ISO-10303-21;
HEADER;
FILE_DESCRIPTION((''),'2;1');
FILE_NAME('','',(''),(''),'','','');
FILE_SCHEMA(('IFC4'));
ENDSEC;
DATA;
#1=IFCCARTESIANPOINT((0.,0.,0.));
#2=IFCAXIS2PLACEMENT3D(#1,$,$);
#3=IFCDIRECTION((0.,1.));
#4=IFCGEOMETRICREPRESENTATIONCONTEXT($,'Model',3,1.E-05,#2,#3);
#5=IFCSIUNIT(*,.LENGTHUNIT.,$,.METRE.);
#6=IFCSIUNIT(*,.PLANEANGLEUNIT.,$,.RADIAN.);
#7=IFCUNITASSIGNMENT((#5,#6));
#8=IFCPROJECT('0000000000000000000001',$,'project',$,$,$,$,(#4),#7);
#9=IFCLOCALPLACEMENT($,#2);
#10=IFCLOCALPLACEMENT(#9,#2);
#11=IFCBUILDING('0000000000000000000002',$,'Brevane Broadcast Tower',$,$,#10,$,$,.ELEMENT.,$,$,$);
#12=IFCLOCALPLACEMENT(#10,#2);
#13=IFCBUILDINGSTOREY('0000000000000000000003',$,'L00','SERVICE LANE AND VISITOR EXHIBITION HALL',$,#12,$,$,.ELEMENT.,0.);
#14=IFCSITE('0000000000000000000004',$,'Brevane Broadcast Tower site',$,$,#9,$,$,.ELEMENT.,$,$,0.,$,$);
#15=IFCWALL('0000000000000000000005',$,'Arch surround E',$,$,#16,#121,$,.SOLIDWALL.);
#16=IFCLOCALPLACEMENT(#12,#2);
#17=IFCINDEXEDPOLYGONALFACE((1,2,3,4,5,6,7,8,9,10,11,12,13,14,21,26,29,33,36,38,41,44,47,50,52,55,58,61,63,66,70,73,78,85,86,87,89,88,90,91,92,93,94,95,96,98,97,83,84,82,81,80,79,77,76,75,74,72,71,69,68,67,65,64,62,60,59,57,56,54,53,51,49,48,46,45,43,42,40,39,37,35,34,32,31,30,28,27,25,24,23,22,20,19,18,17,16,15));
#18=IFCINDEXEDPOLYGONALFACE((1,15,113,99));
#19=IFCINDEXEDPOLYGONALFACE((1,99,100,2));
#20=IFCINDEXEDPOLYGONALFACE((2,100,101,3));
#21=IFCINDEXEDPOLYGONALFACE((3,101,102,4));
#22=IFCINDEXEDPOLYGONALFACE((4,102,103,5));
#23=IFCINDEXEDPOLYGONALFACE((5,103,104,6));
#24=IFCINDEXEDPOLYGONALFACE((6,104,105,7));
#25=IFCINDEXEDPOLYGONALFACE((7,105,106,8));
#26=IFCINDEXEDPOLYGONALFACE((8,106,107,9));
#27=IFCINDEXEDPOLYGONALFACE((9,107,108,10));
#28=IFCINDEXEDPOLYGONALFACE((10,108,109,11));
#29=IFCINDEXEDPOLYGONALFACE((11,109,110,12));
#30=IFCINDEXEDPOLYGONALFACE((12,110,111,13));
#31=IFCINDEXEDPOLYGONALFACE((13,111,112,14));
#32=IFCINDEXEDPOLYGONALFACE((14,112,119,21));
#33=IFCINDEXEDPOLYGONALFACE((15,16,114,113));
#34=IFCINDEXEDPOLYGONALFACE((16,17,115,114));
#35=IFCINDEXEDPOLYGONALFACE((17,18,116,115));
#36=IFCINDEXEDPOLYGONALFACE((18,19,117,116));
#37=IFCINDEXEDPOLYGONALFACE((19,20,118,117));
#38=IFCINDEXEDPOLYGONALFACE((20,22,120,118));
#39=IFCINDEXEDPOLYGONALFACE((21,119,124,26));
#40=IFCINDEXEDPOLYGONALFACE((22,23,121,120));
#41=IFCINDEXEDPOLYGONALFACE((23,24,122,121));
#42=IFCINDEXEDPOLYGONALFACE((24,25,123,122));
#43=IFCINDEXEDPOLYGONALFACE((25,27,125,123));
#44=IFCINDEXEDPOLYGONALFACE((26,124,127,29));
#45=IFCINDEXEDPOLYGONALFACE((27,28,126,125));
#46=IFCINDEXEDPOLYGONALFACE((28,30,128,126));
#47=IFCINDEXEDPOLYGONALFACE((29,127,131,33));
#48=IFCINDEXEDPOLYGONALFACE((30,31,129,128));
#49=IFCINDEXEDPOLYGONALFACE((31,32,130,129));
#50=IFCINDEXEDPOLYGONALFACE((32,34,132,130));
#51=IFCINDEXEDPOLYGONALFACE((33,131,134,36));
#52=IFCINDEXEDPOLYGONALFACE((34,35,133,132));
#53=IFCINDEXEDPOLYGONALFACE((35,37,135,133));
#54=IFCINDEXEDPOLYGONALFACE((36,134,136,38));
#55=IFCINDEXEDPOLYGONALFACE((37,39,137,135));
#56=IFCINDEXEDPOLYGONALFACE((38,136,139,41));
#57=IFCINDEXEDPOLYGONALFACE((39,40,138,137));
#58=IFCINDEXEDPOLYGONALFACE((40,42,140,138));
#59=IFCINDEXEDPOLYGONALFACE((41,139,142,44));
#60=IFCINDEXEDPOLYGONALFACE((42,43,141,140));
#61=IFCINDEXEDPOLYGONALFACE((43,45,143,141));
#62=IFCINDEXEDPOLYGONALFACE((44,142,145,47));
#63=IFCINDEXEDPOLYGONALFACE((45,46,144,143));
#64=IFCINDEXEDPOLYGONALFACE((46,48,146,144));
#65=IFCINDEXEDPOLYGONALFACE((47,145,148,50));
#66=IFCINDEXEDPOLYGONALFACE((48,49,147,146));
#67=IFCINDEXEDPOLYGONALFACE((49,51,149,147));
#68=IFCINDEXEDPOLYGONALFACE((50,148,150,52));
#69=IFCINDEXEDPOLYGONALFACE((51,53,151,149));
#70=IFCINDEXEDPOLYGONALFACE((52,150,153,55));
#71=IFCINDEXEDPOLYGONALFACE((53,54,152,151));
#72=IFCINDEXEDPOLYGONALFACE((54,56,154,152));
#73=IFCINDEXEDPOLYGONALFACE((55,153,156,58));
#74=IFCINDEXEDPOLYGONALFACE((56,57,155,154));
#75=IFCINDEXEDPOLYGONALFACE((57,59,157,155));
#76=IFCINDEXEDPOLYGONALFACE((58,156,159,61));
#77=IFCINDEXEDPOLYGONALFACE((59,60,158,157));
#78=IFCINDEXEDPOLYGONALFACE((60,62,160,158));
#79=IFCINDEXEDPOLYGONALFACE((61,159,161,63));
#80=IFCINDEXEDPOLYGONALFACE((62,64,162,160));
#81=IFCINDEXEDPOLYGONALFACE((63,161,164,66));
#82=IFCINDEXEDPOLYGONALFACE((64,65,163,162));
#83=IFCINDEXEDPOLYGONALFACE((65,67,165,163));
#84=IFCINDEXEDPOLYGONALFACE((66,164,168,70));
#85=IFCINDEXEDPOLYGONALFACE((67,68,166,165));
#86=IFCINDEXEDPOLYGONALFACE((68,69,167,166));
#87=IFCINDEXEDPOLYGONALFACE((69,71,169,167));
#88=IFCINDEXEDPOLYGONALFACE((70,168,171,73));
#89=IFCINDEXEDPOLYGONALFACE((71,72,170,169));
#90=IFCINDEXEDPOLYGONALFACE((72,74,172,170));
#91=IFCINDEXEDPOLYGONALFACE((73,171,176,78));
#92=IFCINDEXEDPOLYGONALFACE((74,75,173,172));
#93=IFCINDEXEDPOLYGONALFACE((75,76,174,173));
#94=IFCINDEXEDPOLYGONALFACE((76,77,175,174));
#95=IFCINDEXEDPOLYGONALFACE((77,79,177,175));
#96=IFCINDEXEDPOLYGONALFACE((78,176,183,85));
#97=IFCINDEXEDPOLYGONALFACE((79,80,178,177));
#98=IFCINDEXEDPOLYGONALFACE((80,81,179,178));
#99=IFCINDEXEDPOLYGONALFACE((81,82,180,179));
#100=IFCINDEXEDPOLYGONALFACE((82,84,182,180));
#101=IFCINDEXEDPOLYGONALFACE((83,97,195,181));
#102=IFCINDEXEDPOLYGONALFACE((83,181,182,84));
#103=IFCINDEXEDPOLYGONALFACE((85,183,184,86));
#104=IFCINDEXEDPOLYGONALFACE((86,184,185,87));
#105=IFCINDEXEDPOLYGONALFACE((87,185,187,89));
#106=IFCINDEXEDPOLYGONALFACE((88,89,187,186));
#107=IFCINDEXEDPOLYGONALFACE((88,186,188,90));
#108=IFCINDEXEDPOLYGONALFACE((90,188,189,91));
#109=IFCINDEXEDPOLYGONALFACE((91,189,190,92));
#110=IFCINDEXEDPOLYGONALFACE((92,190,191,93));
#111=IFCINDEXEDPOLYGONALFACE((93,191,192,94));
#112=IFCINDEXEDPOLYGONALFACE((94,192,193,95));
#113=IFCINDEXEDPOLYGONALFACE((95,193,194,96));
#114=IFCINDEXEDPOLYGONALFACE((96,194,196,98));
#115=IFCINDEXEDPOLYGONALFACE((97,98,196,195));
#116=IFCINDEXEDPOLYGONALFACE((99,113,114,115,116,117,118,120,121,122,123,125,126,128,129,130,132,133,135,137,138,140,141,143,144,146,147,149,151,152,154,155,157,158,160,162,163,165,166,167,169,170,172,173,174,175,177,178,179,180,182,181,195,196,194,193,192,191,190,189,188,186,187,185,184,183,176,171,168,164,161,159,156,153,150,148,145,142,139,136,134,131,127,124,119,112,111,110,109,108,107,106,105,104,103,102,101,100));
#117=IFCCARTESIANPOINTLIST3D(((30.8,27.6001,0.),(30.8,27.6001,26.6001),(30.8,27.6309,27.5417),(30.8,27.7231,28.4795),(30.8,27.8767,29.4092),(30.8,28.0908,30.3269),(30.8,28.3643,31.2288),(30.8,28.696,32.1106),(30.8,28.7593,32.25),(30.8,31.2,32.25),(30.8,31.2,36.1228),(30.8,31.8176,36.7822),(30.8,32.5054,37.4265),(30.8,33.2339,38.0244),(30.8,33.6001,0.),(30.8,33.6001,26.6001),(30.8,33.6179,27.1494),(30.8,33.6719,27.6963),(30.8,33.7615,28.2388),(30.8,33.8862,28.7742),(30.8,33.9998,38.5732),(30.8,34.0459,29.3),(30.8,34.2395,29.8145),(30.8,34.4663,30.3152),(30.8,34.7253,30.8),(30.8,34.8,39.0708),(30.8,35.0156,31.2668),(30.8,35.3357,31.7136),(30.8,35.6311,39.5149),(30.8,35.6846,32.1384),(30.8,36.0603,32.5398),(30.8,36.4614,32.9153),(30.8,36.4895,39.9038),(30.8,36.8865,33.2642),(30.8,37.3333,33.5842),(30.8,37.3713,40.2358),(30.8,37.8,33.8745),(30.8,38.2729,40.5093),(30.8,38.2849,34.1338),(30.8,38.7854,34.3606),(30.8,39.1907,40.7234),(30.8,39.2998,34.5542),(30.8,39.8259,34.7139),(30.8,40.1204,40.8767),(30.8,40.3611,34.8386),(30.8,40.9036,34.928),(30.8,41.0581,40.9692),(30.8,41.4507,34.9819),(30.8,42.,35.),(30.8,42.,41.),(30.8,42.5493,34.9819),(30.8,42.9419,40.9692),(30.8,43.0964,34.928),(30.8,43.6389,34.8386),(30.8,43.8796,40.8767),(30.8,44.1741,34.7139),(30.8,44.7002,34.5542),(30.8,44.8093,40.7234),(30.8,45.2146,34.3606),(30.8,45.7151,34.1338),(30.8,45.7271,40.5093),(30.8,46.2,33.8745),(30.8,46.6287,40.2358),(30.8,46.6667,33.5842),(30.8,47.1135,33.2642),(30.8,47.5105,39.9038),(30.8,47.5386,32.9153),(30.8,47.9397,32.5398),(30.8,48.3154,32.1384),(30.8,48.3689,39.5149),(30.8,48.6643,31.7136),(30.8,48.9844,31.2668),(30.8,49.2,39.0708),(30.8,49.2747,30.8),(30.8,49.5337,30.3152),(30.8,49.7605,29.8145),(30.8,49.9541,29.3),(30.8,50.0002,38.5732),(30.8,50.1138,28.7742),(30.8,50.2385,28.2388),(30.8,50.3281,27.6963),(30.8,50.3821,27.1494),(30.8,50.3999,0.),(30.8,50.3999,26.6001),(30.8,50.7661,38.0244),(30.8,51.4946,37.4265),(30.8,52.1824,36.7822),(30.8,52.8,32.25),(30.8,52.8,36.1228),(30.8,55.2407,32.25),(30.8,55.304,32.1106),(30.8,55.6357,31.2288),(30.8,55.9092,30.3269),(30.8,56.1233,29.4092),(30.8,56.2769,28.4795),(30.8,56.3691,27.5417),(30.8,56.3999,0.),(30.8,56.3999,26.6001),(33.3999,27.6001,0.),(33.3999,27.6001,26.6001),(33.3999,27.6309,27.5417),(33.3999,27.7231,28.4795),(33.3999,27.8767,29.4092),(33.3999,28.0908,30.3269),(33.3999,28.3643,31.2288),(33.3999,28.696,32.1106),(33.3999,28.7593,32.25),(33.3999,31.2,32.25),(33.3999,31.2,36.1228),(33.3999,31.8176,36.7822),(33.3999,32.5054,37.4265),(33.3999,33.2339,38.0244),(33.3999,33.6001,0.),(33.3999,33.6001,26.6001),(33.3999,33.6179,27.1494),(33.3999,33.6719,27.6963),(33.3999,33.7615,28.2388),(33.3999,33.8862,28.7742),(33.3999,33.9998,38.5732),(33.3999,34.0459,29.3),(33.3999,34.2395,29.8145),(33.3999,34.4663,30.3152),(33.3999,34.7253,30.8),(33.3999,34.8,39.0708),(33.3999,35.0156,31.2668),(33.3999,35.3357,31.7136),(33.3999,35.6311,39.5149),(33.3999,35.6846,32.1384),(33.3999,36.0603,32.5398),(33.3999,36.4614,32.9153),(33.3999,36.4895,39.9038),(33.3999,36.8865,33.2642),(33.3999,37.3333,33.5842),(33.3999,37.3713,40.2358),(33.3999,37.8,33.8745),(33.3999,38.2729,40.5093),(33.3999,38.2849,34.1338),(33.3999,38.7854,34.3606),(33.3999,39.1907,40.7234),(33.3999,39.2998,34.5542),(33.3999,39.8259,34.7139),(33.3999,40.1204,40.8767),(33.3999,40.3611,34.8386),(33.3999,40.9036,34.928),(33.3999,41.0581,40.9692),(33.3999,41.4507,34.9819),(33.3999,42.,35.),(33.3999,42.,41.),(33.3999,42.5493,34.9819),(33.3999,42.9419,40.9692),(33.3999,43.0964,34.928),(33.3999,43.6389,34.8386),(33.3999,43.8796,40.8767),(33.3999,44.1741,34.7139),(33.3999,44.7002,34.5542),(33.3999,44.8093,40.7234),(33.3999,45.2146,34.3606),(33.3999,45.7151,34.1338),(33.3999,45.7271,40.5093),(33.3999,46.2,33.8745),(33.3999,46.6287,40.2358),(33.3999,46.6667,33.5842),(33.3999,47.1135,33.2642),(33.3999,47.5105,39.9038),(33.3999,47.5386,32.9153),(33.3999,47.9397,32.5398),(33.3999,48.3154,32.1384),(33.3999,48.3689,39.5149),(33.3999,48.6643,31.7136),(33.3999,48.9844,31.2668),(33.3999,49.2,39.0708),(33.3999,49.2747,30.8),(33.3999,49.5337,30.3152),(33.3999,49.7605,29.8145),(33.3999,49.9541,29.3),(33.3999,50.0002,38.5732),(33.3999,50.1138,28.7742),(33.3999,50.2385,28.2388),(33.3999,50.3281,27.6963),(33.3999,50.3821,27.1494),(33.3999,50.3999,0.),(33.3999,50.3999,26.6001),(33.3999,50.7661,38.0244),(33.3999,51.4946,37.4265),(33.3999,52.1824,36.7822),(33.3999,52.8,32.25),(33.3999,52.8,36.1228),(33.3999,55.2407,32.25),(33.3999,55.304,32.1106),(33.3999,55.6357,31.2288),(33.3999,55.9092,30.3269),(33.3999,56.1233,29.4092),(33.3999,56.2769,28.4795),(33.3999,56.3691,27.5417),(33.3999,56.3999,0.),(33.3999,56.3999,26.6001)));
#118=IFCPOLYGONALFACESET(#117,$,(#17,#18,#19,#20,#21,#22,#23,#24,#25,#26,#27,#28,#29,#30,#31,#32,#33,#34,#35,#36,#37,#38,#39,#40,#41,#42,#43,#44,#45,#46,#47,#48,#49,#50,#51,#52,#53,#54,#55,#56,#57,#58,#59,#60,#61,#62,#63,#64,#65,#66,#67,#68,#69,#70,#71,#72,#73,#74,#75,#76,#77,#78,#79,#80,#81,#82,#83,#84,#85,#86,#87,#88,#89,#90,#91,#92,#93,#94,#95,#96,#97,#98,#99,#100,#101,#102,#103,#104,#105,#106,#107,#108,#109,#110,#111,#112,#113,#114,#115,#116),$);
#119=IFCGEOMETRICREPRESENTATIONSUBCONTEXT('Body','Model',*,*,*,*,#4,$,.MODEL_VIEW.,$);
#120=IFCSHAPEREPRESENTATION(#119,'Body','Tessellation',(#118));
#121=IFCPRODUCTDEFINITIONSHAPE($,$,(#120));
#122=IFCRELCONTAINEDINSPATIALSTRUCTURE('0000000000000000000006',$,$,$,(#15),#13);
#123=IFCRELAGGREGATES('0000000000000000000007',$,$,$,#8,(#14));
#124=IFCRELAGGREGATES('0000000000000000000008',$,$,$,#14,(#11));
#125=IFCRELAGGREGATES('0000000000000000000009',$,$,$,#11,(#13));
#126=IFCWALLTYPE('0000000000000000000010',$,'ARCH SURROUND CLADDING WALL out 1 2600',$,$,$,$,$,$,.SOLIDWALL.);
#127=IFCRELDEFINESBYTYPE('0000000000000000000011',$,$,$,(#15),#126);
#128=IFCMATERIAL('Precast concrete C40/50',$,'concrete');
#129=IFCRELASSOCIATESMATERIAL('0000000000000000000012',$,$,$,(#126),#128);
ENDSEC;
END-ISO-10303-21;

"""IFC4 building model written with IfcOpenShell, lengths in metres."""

from ifc_helpers import new_model, si_unit, direction, frame, origin, place, context, subcontext, project, spatial, polyline, outline, extrude, material, material_profile, profile_set, type_object, element, save


model = new_model("IFC4")

# Units and contexts
model_context = context("Model", 3, precision=1e-05, world=origin(), true_north=direction((0.0, 1.0)))
body_context = subcontext(model_context, "Body", "Model", "MODEL_VIEW")
ifc_project = project(units=[si_unit("LENGTHUNIT", "METRE"), si_unit("PLANEANGLEUNIT", "RADIAN")], contexts=[model_context])

# Site, building, storey
site_placement = place(None, origin())
site = spatial("IfcSite", under=ifc_project, at=site_placement, Name="Brevane Broadcast Tower site", CompositionType="ELEMENT", RefElevation=0.0)
building_placement = place(site_placement, origin())
building = spatial("IfcBuilding", under=site, at=building_placement, Name="Brevane Broadcast Tower", CompositionType="ELEMENT")
storey_placement = place(building_placement, origin())
storey = spatial("IfcBuildingStorey", under=building, at=storey_placement, Name="L00", Description="SERVICE LANE AND VISITOR EXHIBITION HALL", CompositionType="ELEMENT", Elevation=0.0)

# Wall
ifc_material_1 = material(Name="Precast concrete C40/50", Category="concrete")
ifc_material_profile_1 = material_profile(ifc_material_1, outline(polyline([(13.304, 32.1106), (13.6357, 31.2288), (13.9092, 30.3269), (14.1233, 29.4092), (14.2769, 28.4795), (14.3691, 27.5417), (14.3999, 26.6001), (14.3999, 0.0), (8.3999, 0.0), (8.3999, 26.6001), (8.3821, 27.1494), (8.3281, 27.6963), (8.2385, 28.2388), (8.1138, 28.7742), (7.9541, 29.3), (7.7605, 29.8145), (7.5337, 30.3152), (7.2747, 30.8), (6.9844, 31.2668), (6.6643, 31.7136), (6.3154, 32.1384), (5.9397, 32.5398), (5.5386, 32.9153), (5.1135, 33.2642), (4.6667, 33.5842), (4.2, 33.8745), (3.7151, 34.1338), (3.2146, 34.3606), (2.7002, 34.5542), (2.1741, 34.7139), (1.6389, 34.8386), (1.0964, 34.928), (0.5493, 34.9819), (0.0, 35.0), (-0.5493, 34.9819), (-1.0964, 34.928), (-1.6389, 34.8386), (-2.1741, 34.7139), (-2.7002, 34.5542), (-3.2146, 34.3606), (-3.7151, 34.1338), (-4.2, 33.8745), (-4.6667, 33.5842), (-5.1135, 33.2642), (-5.5386, 32.9153), (-5.9397, 32.5398), (-6.3154, 32.1384), (-6.6643, 31.7136), (-6.9844, 31.2668), (-7.2747, 30.8), (-7.5337, 30.3152), (-7.7605, 29.8145), (-7.9541, 29.3), (-8.1138, 28.7742), (-8.2385, 28.2388), (-8.3281, 27.6963), (-8.3821, 27.1494), (-8.3999, 26.6001), (-8.3999, 0.0), (-14.3999, 0.0), (-14.3999, 26.6001), (-14.3691, 27.5417), (-14.2769, 28.4795), (-14.1233, 29.4092), (-13.9092, 30.3269), (-13.6357, 31.2288), (-13.304, 32.1106), (-13.2407, 32.25), (-10.8, 32.25), (-10.8, 36.1228), (-10.1824, 36.7822), (-9.4946, 37.4265), (-8.7661, 38.0244), (-8.0002, 38.5732), (-7.2, 39.0708), (-6.3689, 39.5149), (-5.5105, 39.9038), (-4.6287, 40.2358), (-3.7271, 40.5093), (-2.8093, 40.7234), (-1.8796, 40.8767), (-0.9419, 40.9692), (0.0, 41.0), (0.9419, 40.9692), (1.8796, 40.8767), (2.8093, 40.7234), (3.7271, 40.5093), (4.6287, 40.2358), (5.5105, 39.9038), (6.3689, 39.5149), (7.2, 39.0708), (8.0002, 38.5732), (8.7661, 38.0244), (9.4946, 37.4265), (10.1824, 36.7822), (10.8, 36.1228), (10.8, 32.25), (13.2407, 32.25), (13.304, 32.1106)])), Name="ARCH SURROUND")
ifc_profile_set_1 = profile_set([ifc_material_profile_1], Name="Precast concrete C40/50")
wall_type_1 = type_object("IfcWallType", Name="ARCH SURROUND CLADDING WALL out 1 2600", PredefinedType="SOLIDWALL", material=ifc_profile_set_1)
wall_1_placement = place(storey_placement, frame((30.8, 42.0, 0.0), z_axis=(1.0, 0.0, 0.0), x_axis=(0.0, 1.0, 0.0)))
element("IfcWall", 1, at=wall_1_placement, inside=storey, type_object=wall_type_1, Name="Arch surround E", PredefinedType="SOLIDWALL", context=body_context, shape_type="SweptSolid", body=[
    extrude(outline(polyline([(13.304, 32.1106), (13.6357, 31.2288), (13.9092, 30.3269), (14.1233, 29.4092), (14.2769, 28.4795), (14.3691, 27.5417), (14.3999, 26.6001), (14.3999, 0.0), (8.3999, 0.0), (8.3999, 26.6001), (8.3821, 27.1494), (8.3281, 27.6963), (8.2385, 28.2388), (8.1138, 28.7742), (7.9541, 29.3), (7.7605, 29.8145), (7.5337, 30.3152), (7.2747, 30.8), (6.9844, 31.2668), (6.6643, 31.7136), (6.3154, 32.1384), (5.9397, 32.5398), (5.5386, 32.9153), (5.1135, 33.2642), (4.6667, 33.5842), (4.2, 33.8745), (3.7151, 34.1338), (3.2146, 34.3606), (2.7002, 34.5542), (2.1741, 34.7139), (1.6389, 34.8386), (1.0964, 34.928), (0.5493, 34.9819), (0.0, 35.0), (-0.5493, 34.9819), (-1.0964, 34.928), (-1.6389, 34.8386), (-2.1741, 34.7139), (-2.7002, 34.5542), (-3.2146, 34.3606), (-3.7151, 34.1338), (-4.2, 33.8745), (-4.6667, 33.5842), (-5.1135, 33.2642), (-5.5386, 32.9153), (-5.9397, 32.5398), (-6.3154, 32.1384), (-6.6643, 31.7136), (-6.9844, 31.2668), (-7.2747, 30.8), (-7.5337, 30.3152), (-7.7605, 29.8145), (-7.9541, 29.3), (-8.1138, 28.7742), (-8.2385, 28.2388), (-8.3281, 27.6963), (-8.3821, 27.1494), (-8.3999, 26.6001), (-8.3999, 0.0), (-14.3999, 0.0), (-14.3999, 26.6001), (-14.3691, 27.5417), (-14.2769, 28.4795), (-14.1233, 29.4092), (-13.9092, 30.3269), (-13.6357, 31.2288), (-13.304, 32.1106), (-13.2407, 32.25), (-10.8, 32.25), (-10.8, 36.1228), (-10.1824, 36.7822), (-9.4946, 37.4265), (-8.7661, 38.0244), (-8.0002, 38.5732), (-7.2, 39.0708), (-6.3689, 39.5149), (-5.5105, 39.9038), (-4.6287, 40.2358), (-3.7271, 40.5093), (-2.8093, 40.7234), (-1.8796, 40.8767), (-0.9419, 40.9692), (0.0, 41.0), (0.9419, 40.9692), (1.8796, 40.8767), (2.8093, 40.7234), (3.7271, 40.5093), (4.6287, 40.2358), (5.5105, 39.9038), (6.3689, 39.5149), (7.2, 39.0708), (8.0002, 38.5732), (8.7661, 38.0244), (9.4946, 37.4265), (10.1824, 36.7822), (10.8, 36.1228), (10.8, 32.25), (13.2407, 32.25), (13.304, 32.1106)])), origin(), (0.0, 0.0, 1.0), 2.5999),
])

save(model, "model.ifc")
